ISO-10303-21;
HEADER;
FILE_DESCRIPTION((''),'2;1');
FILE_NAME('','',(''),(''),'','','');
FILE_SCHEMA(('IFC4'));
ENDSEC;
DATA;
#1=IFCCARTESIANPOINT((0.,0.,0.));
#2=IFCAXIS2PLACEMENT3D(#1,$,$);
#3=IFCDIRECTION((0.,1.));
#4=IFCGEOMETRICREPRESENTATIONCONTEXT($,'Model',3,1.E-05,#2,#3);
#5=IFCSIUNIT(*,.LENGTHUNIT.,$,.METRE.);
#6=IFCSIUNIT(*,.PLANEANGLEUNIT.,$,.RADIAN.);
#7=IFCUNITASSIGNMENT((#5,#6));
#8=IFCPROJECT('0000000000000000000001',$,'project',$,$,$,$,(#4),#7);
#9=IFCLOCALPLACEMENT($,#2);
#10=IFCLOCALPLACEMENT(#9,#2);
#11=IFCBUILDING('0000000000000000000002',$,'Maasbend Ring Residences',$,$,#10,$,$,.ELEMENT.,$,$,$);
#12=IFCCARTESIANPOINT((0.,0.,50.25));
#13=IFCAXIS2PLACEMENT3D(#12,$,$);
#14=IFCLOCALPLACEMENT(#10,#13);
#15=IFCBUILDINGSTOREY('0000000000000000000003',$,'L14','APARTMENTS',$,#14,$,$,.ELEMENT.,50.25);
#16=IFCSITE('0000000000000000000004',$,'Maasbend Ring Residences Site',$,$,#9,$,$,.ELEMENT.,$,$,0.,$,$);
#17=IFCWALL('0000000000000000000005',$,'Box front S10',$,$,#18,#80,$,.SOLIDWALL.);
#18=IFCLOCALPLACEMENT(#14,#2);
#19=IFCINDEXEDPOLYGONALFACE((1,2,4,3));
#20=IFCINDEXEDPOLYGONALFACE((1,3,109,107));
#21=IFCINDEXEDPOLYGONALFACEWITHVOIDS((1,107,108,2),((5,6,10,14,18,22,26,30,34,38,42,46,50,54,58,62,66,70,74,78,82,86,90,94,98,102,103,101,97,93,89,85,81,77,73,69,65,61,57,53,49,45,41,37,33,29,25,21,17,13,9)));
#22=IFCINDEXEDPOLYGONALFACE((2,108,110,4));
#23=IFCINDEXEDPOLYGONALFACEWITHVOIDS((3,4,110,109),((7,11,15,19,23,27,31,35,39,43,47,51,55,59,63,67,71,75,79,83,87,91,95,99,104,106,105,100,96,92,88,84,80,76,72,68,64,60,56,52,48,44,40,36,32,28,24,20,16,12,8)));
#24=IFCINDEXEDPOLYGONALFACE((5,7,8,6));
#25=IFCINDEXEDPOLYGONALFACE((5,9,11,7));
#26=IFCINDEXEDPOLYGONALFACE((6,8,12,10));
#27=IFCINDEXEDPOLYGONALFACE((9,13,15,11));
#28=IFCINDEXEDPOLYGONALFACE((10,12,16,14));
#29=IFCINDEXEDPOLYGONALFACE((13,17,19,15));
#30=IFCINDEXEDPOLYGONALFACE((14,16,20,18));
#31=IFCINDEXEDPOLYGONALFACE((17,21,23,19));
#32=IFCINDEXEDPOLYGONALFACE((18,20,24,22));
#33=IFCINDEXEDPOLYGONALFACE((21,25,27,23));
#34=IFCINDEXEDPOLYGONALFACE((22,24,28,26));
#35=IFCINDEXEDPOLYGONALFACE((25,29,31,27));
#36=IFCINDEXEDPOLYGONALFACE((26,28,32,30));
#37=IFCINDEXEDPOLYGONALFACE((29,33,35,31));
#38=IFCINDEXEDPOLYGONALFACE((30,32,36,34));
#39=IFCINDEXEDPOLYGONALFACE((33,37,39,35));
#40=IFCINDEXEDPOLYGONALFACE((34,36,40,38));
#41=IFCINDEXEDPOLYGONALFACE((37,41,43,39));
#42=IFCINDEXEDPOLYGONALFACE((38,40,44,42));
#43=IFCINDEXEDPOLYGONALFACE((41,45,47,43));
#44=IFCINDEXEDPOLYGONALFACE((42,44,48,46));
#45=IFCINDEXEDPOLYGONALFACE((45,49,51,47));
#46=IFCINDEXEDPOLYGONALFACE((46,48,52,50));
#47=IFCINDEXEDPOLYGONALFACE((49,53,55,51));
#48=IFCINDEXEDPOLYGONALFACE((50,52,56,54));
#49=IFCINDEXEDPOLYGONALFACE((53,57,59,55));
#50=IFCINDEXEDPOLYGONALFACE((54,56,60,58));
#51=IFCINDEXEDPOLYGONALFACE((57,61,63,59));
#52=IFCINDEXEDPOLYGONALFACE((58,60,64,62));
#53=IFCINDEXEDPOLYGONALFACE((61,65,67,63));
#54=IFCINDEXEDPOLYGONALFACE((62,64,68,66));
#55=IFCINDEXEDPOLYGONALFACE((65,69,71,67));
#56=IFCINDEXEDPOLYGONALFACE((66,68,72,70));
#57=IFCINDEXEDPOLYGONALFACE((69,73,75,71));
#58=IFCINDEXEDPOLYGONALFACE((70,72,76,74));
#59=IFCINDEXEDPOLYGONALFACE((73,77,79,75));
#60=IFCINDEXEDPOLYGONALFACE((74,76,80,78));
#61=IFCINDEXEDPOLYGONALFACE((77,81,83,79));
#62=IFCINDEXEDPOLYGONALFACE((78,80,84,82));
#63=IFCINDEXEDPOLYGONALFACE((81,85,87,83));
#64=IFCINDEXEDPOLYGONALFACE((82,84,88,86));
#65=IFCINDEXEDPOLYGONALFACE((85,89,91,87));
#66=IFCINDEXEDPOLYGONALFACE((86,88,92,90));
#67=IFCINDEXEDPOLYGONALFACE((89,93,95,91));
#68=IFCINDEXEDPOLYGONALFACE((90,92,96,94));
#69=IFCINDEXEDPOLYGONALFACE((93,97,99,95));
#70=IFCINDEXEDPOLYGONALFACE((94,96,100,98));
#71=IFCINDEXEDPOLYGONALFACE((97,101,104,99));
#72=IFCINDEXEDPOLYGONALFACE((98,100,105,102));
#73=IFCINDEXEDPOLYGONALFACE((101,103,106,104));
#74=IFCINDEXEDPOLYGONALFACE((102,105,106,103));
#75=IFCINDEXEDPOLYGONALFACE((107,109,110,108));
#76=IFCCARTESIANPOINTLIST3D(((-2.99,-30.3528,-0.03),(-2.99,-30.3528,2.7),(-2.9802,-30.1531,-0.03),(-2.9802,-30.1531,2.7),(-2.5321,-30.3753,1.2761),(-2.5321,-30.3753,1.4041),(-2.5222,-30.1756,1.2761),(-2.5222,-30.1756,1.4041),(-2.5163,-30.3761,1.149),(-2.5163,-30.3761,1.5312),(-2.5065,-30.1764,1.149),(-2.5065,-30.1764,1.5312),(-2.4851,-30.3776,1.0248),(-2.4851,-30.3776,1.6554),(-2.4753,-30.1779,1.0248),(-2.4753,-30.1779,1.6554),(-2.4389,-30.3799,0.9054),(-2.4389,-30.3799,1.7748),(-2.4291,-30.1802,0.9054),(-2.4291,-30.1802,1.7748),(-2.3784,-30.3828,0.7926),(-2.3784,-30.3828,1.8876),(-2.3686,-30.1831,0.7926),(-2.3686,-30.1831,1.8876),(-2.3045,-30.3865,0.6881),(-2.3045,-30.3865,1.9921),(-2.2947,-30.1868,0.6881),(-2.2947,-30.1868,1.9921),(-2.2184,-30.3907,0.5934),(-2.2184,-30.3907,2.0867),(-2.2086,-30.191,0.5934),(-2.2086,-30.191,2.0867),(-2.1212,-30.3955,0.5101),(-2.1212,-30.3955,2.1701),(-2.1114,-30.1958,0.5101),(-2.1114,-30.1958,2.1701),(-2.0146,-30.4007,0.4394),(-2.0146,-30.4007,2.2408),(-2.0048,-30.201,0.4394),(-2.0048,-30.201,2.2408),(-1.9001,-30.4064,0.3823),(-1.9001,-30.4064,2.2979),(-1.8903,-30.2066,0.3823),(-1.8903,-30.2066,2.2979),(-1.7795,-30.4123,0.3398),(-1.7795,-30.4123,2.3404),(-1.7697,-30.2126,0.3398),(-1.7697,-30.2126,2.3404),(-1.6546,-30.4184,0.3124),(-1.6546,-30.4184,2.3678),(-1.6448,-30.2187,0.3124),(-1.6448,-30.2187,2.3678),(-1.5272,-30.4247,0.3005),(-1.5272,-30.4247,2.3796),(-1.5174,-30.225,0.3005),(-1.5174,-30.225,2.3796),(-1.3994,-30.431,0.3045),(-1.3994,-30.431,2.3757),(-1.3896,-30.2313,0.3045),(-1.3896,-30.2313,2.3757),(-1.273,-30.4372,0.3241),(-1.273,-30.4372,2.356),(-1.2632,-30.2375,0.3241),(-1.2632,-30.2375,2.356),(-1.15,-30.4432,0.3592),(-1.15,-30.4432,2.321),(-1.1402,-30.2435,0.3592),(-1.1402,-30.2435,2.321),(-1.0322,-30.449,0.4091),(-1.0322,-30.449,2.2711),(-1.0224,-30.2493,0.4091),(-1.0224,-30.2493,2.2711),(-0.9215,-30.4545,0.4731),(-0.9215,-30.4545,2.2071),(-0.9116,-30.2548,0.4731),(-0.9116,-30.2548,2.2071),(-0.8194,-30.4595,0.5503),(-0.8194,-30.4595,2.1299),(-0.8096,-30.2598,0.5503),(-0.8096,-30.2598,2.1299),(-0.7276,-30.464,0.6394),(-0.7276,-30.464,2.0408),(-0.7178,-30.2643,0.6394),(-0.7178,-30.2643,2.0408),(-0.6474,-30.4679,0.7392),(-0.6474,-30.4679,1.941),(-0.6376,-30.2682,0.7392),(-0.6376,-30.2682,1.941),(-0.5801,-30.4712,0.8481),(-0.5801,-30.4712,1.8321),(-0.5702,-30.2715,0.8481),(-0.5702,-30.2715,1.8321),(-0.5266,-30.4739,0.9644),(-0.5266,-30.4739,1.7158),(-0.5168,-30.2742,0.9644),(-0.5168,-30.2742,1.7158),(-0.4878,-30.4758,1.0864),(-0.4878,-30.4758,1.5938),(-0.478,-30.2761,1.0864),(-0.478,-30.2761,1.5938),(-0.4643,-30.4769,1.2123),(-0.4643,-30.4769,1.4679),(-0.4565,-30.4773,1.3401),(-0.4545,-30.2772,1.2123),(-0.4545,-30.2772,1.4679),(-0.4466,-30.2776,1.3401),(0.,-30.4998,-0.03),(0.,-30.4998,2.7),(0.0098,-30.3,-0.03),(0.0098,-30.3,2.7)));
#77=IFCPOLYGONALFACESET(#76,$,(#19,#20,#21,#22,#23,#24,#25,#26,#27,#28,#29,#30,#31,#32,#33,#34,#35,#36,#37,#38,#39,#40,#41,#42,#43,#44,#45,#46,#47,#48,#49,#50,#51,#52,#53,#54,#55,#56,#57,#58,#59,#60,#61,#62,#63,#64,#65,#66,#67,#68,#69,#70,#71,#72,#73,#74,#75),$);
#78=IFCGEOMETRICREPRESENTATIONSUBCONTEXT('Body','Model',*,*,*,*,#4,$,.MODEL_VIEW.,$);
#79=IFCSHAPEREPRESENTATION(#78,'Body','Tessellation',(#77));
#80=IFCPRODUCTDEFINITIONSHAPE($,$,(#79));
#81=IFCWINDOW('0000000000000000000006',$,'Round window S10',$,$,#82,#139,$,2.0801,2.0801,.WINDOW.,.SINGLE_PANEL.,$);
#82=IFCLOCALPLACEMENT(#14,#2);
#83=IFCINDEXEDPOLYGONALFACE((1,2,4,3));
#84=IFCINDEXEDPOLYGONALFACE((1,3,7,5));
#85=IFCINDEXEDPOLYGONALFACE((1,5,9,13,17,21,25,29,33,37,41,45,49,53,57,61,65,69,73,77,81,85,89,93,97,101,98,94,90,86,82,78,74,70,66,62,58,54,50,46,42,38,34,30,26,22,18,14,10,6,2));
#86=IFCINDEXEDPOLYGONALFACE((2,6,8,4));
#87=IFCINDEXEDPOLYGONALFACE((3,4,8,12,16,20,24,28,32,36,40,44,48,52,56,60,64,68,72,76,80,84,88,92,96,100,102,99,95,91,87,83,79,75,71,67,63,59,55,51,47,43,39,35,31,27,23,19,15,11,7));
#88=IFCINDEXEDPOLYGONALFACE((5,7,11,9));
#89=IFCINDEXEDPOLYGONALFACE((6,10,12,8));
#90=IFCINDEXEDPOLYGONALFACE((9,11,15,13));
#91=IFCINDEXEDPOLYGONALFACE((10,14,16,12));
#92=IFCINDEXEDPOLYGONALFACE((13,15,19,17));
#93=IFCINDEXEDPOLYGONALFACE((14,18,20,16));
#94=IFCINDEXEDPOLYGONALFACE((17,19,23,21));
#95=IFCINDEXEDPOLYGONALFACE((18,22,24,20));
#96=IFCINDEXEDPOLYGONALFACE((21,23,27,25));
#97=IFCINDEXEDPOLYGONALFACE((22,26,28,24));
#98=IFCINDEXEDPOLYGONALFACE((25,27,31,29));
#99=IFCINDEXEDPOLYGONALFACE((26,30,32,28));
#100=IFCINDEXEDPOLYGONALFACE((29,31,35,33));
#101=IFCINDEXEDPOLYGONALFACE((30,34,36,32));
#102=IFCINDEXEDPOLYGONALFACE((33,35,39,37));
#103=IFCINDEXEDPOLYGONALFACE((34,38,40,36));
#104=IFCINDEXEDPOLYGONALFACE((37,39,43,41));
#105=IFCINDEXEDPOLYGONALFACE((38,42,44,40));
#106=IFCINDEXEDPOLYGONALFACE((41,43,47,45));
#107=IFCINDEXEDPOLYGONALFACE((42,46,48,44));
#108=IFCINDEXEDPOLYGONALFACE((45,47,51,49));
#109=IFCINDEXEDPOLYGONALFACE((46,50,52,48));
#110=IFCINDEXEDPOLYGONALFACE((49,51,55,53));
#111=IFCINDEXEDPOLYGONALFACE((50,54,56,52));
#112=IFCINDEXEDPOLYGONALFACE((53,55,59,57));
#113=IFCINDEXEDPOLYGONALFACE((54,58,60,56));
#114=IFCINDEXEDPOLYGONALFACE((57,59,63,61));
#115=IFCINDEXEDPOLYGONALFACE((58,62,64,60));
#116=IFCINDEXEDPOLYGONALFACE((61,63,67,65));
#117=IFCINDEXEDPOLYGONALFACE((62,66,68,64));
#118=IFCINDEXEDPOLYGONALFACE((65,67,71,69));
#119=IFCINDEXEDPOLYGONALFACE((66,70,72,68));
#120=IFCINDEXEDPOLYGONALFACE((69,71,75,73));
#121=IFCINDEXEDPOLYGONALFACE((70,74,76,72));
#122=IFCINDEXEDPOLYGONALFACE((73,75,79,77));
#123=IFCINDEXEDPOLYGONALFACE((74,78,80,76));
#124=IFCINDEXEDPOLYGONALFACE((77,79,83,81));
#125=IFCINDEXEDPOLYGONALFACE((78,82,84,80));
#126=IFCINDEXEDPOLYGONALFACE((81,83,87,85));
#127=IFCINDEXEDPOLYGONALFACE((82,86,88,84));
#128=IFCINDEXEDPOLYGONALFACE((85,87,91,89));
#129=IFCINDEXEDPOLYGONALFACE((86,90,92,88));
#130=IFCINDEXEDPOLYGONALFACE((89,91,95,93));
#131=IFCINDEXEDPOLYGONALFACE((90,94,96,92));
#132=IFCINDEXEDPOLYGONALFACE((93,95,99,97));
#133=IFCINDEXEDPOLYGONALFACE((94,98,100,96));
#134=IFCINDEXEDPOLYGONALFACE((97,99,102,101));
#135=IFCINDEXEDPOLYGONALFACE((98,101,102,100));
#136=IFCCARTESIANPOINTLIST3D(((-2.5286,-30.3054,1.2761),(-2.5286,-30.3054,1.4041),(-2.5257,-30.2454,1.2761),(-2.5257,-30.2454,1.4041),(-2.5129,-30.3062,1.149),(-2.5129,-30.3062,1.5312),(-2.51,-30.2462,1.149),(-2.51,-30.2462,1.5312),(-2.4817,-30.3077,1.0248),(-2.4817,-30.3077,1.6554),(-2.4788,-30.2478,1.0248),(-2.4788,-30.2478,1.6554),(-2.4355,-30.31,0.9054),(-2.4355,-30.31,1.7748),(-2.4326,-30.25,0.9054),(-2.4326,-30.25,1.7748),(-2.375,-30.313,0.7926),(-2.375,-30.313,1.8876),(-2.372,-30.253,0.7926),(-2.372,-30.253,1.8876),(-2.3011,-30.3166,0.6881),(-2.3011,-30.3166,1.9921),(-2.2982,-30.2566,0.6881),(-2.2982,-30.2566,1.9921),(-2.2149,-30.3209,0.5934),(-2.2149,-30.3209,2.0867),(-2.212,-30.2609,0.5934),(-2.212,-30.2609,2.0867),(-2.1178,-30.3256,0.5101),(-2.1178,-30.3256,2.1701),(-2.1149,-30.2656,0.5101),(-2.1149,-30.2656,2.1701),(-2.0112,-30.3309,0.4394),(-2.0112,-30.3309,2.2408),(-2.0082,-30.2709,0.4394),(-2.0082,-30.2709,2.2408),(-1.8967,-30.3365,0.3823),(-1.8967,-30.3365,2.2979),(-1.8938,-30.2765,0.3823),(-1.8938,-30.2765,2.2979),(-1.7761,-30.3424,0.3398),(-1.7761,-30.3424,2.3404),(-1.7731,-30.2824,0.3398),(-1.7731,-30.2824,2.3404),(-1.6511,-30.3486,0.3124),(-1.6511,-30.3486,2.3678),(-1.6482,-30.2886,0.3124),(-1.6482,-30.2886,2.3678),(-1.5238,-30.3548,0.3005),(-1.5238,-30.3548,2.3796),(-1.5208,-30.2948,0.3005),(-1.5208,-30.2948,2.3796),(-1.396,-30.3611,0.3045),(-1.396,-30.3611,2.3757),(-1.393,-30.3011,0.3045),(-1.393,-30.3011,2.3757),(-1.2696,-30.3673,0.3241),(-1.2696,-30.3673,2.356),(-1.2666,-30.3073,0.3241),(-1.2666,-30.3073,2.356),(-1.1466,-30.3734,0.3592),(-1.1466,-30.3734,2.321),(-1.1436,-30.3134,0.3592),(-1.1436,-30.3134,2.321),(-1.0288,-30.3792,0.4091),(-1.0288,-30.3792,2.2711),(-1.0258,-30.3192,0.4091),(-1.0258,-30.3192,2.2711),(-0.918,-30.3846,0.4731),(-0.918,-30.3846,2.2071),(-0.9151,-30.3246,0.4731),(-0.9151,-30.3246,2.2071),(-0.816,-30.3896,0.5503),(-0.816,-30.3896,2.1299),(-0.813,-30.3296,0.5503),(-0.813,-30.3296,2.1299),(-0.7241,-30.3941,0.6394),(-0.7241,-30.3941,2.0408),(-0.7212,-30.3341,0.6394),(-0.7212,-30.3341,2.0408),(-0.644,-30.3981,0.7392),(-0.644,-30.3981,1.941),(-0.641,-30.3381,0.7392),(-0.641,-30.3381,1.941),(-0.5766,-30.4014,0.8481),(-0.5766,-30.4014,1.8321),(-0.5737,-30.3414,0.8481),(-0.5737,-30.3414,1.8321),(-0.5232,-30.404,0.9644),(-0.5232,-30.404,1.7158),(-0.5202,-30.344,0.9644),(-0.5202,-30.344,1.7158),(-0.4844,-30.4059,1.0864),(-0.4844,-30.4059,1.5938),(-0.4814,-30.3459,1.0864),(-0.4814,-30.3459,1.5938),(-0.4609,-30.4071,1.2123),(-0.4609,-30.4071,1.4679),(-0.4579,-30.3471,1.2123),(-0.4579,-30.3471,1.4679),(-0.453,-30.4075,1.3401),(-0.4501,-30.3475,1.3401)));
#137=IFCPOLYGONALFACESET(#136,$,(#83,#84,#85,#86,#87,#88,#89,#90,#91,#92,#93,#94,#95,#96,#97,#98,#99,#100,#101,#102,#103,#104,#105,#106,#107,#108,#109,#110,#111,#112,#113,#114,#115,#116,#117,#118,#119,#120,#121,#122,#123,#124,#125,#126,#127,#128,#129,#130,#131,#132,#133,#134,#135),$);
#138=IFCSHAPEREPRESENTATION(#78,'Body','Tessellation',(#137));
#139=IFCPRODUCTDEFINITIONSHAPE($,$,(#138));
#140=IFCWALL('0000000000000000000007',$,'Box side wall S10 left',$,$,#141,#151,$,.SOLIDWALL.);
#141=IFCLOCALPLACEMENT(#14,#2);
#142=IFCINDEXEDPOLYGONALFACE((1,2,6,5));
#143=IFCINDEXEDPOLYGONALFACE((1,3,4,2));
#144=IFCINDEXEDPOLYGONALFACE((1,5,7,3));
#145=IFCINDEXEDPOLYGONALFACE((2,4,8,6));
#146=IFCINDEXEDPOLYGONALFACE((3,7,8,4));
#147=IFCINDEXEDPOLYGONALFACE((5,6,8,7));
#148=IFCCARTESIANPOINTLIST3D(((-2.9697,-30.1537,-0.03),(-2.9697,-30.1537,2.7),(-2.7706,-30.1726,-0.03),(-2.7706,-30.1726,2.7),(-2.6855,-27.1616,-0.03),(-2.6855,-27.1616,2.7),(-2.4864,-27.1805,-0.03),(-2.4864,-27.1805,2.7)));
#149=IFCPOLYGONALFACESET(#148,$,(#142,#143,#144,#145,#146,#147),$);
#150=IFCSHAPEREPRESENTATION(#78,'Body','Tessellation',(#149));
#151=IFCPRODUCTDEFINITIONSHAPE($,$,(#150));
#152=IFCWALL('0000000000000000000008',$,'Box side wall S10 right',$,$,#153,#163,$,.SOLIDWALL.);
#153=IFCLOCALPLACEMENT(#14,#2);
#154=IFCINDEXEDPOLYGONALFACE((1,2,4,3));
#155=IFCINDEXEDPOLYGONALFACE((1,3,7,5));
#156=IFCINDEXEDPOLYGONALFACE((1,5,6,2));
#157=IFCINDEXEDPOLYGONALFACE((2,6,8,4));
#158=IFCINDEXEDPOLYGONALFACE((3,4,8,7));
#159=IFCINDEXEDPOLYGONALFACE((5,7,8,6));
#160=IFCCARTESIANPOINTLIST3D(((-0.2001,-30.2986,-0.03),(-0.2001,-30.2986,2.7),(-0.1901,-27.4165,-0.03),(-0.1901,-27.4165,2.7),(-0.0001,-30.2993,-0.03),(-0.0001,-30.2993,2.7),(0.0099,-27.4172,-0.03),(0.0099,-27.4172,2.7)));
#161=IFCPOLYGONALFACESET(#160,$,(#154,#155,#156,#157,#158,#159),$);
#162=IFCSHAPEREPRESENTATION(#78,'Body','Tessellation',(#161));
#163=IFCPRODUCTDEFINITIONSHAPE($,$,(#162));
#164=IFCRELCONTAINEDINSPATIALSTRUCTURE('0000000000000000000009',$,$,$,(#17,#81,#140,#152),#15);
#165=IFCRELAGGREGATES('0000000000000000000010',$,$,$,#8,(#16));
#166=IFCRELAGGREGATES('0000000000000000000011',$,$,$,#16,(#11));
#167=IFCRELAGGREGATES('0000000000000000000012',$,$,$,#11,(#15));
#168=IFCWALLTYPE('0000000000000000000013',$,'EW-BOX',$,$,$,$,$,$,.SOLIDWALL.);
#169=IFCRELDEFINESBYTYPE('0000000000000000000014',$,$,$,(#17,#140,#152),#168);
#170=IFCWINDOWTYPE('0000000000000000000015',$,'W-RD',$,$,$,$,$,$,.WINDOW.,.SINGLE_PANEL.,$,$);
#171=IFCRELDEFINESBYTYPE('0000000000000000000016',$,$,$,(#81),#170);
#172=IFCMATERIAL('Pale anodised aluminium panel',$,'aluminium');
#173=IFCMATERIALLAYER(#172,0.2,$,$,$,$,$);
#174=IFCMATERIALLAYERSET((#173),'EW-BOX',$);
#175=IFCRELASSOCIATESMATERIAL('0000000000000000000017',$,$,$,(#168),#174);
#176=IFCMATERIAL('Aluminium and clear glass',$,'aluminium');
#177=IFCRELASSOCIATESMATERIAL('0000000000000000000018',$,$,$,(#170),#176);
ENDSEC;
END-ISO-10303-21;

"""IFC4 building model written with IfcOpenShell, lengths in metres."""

from ifc_helpers import new_model, si_unit, direction, frame, frame_2d, origin, place, context, subcontext, project, spatial, rectangle, circle, extrude, material, layer, layer_set, type_object, element, fill, save


model = new_model("IFC4")

# Units and contexts
model_context = context("Model", 3, precision=1e-05, world=origin(), true_north=direction((0.0, 1.0)))
body_context = subcontext(model_context, "Body", "Model", "MODEL_VIEW")
ifc_project = project(units=[si_unit("LENGTHUNIT", "METRE"), si_unit("PLANEANGLEUNIT", "RADIAN")], contexts=[model_context])

# Site, building, storey
site_placement = place(None, origin())
site = spatial("IfcSite", under=ifc_project, at=site_placement, Name="Maasbend Ring Residences Site", CompositionType="ELEMENT", RefElevation=0.0)
building_placement = place(site_placement, origin())
building = spatial("IfcBuilding", under=site, at=building_placement, Name="Maasbend Ring Residences", CompositionType="ELEMENT")
storey_placement = place(building_placement, frame((0.0, 0.0, 50.25)))
storey = spatial("IfcBuildingStorey", under=building, at=storey_placement, Name="L14", Description="APARTMENTS", CompositionType="ELEMENT", Elevation=50.25)

# Shared definitions
ifc_material_1 = material(Name="Pale anodised aluminium panel", Category="aluminium")
ifc_layer_1 = layer(ifc_material_1, 0.2)
ifc_layer_set_1 = layer_set([ifc_layer_1], Name="EW-BOX")
wall_type_1 = type_object("IfcWallType", Name="EW-BOX", PredefinedType="SOLIDWALL", material=ifc_layer_set_1)
ifc_material_2 = material(Name="Aluminium and clear glass", Category="aluminium")
window_type_1 = type_object("IfcWindowType", Name="W-RD", PartitioningType="SINGLE_PANEL", PredefinedType="WINDOW", material=ifc_material_2)

# Wall, opening, window
wall_1_placement = place(storey_placement, frame((-2.9851, -30.2529, -0.03), z_axis=(0.0, 0.0, 1.0), x_axis=(0.998794, -0.049096, 0.0)))
wall_1 = element("IfcWall", 1, at=wall_1_placement, inside=storey, type_object=wall_type_1, Name="Box front S10", PredefinedType="SOLIDWALL", context=body_context, shape_type="SweptSolid", body=[
    extrude(rectangle(XDim=2.9937, YDim=0.2, at=frame_2d((1.4968, 0.0))), origin(), (0.0, 0.0, 1.0), 2.73),
])
opening_1_placement = place(wall_1_placement, frame((0.4565, 0.0, 0.3301)))
opening_1 = element("IfcOpeningElement", 2, at=opening_1_placement, cuts=wall_1, PredefinedType="OPENING", context=body_context, shape_type="SweptSolid", body=[
    extrude(circle(Radius=1.04, at=frame_2d((1.04, 1.04))), frame((0.0, 0.1099, 0.0), z_axis=(0.0, -1.0, 0.0), x_axis=(1.0, 0.0, 0.0)), (0.0, 0.0, 1.0), 0.22),
])
window_1_placement = place(opening_1_placement, origin())
window_1 = element("IfcWindow", 3, at=window_1_placement, inside=storey, type_object=window_type_1, Name="Round window S10", OverallHeight=2.0801, OverallWidth=2.0801, PartitioningType="SINGLE_PANEL", PredefinedType="WINDOW", context=body_context, shape_type="SweptSolid", body=[
    extrude(circle(Radius=1.04, at=frame_2d((1.04, 1.04))), frame((0.0, 0.03, 0.0), z_axis=(0.0, -1.0, 0.0), x_axis=(1.0, 0.0, 0.0)), (0.0, 0.0, 1.0), 0.0601),
])
fill(opening_1, window_1)

# Walls
wall_2_placement = place(storey_placement, frame((-2.5859, -27.1709, -0.03), z_axis=(0.0, 0.0, 1.0), x_axis=(-0.094548, -0.99552, 0.0)))
element("IfcWall", 4, at=wall_2_placement, inside=storey, type_object=wall_type_1, Name="Box side wall S10 left", PredefinedType="SOLIDWALL", context=body_context, shape_type="SweptSolid", body=[
    extrude(rectangle(XDim=3.0056, YDim=0.2, at=frame_2d((1.5029, 0.0))), origin(), (0.0, 0.0, 1.0), 2.73),
])
wall_3_placement = place(storey_placement, frame((-0.0901, -27.417, -0.03), z_axis=(0.0, 0.0, 1.0), x_axis=(-0.003473, -0.999994, 0.0)))
element("IfcWall", 5, at=wall_3_placement, inside=storey, type_object=wall_type_1, Name="Box side wall S10 right", PredefinedType="SOLIDWALL", context=body_context, shape_type="SweptSolid", body=[
    extrude(rectangle(XDim=2.8821, YDim=0.2, at=frame_2d((1.4409, 0.0))), origin(), (0.0, 0.0, 1.0), 2.73),
])

save(model, "model.ifc")
